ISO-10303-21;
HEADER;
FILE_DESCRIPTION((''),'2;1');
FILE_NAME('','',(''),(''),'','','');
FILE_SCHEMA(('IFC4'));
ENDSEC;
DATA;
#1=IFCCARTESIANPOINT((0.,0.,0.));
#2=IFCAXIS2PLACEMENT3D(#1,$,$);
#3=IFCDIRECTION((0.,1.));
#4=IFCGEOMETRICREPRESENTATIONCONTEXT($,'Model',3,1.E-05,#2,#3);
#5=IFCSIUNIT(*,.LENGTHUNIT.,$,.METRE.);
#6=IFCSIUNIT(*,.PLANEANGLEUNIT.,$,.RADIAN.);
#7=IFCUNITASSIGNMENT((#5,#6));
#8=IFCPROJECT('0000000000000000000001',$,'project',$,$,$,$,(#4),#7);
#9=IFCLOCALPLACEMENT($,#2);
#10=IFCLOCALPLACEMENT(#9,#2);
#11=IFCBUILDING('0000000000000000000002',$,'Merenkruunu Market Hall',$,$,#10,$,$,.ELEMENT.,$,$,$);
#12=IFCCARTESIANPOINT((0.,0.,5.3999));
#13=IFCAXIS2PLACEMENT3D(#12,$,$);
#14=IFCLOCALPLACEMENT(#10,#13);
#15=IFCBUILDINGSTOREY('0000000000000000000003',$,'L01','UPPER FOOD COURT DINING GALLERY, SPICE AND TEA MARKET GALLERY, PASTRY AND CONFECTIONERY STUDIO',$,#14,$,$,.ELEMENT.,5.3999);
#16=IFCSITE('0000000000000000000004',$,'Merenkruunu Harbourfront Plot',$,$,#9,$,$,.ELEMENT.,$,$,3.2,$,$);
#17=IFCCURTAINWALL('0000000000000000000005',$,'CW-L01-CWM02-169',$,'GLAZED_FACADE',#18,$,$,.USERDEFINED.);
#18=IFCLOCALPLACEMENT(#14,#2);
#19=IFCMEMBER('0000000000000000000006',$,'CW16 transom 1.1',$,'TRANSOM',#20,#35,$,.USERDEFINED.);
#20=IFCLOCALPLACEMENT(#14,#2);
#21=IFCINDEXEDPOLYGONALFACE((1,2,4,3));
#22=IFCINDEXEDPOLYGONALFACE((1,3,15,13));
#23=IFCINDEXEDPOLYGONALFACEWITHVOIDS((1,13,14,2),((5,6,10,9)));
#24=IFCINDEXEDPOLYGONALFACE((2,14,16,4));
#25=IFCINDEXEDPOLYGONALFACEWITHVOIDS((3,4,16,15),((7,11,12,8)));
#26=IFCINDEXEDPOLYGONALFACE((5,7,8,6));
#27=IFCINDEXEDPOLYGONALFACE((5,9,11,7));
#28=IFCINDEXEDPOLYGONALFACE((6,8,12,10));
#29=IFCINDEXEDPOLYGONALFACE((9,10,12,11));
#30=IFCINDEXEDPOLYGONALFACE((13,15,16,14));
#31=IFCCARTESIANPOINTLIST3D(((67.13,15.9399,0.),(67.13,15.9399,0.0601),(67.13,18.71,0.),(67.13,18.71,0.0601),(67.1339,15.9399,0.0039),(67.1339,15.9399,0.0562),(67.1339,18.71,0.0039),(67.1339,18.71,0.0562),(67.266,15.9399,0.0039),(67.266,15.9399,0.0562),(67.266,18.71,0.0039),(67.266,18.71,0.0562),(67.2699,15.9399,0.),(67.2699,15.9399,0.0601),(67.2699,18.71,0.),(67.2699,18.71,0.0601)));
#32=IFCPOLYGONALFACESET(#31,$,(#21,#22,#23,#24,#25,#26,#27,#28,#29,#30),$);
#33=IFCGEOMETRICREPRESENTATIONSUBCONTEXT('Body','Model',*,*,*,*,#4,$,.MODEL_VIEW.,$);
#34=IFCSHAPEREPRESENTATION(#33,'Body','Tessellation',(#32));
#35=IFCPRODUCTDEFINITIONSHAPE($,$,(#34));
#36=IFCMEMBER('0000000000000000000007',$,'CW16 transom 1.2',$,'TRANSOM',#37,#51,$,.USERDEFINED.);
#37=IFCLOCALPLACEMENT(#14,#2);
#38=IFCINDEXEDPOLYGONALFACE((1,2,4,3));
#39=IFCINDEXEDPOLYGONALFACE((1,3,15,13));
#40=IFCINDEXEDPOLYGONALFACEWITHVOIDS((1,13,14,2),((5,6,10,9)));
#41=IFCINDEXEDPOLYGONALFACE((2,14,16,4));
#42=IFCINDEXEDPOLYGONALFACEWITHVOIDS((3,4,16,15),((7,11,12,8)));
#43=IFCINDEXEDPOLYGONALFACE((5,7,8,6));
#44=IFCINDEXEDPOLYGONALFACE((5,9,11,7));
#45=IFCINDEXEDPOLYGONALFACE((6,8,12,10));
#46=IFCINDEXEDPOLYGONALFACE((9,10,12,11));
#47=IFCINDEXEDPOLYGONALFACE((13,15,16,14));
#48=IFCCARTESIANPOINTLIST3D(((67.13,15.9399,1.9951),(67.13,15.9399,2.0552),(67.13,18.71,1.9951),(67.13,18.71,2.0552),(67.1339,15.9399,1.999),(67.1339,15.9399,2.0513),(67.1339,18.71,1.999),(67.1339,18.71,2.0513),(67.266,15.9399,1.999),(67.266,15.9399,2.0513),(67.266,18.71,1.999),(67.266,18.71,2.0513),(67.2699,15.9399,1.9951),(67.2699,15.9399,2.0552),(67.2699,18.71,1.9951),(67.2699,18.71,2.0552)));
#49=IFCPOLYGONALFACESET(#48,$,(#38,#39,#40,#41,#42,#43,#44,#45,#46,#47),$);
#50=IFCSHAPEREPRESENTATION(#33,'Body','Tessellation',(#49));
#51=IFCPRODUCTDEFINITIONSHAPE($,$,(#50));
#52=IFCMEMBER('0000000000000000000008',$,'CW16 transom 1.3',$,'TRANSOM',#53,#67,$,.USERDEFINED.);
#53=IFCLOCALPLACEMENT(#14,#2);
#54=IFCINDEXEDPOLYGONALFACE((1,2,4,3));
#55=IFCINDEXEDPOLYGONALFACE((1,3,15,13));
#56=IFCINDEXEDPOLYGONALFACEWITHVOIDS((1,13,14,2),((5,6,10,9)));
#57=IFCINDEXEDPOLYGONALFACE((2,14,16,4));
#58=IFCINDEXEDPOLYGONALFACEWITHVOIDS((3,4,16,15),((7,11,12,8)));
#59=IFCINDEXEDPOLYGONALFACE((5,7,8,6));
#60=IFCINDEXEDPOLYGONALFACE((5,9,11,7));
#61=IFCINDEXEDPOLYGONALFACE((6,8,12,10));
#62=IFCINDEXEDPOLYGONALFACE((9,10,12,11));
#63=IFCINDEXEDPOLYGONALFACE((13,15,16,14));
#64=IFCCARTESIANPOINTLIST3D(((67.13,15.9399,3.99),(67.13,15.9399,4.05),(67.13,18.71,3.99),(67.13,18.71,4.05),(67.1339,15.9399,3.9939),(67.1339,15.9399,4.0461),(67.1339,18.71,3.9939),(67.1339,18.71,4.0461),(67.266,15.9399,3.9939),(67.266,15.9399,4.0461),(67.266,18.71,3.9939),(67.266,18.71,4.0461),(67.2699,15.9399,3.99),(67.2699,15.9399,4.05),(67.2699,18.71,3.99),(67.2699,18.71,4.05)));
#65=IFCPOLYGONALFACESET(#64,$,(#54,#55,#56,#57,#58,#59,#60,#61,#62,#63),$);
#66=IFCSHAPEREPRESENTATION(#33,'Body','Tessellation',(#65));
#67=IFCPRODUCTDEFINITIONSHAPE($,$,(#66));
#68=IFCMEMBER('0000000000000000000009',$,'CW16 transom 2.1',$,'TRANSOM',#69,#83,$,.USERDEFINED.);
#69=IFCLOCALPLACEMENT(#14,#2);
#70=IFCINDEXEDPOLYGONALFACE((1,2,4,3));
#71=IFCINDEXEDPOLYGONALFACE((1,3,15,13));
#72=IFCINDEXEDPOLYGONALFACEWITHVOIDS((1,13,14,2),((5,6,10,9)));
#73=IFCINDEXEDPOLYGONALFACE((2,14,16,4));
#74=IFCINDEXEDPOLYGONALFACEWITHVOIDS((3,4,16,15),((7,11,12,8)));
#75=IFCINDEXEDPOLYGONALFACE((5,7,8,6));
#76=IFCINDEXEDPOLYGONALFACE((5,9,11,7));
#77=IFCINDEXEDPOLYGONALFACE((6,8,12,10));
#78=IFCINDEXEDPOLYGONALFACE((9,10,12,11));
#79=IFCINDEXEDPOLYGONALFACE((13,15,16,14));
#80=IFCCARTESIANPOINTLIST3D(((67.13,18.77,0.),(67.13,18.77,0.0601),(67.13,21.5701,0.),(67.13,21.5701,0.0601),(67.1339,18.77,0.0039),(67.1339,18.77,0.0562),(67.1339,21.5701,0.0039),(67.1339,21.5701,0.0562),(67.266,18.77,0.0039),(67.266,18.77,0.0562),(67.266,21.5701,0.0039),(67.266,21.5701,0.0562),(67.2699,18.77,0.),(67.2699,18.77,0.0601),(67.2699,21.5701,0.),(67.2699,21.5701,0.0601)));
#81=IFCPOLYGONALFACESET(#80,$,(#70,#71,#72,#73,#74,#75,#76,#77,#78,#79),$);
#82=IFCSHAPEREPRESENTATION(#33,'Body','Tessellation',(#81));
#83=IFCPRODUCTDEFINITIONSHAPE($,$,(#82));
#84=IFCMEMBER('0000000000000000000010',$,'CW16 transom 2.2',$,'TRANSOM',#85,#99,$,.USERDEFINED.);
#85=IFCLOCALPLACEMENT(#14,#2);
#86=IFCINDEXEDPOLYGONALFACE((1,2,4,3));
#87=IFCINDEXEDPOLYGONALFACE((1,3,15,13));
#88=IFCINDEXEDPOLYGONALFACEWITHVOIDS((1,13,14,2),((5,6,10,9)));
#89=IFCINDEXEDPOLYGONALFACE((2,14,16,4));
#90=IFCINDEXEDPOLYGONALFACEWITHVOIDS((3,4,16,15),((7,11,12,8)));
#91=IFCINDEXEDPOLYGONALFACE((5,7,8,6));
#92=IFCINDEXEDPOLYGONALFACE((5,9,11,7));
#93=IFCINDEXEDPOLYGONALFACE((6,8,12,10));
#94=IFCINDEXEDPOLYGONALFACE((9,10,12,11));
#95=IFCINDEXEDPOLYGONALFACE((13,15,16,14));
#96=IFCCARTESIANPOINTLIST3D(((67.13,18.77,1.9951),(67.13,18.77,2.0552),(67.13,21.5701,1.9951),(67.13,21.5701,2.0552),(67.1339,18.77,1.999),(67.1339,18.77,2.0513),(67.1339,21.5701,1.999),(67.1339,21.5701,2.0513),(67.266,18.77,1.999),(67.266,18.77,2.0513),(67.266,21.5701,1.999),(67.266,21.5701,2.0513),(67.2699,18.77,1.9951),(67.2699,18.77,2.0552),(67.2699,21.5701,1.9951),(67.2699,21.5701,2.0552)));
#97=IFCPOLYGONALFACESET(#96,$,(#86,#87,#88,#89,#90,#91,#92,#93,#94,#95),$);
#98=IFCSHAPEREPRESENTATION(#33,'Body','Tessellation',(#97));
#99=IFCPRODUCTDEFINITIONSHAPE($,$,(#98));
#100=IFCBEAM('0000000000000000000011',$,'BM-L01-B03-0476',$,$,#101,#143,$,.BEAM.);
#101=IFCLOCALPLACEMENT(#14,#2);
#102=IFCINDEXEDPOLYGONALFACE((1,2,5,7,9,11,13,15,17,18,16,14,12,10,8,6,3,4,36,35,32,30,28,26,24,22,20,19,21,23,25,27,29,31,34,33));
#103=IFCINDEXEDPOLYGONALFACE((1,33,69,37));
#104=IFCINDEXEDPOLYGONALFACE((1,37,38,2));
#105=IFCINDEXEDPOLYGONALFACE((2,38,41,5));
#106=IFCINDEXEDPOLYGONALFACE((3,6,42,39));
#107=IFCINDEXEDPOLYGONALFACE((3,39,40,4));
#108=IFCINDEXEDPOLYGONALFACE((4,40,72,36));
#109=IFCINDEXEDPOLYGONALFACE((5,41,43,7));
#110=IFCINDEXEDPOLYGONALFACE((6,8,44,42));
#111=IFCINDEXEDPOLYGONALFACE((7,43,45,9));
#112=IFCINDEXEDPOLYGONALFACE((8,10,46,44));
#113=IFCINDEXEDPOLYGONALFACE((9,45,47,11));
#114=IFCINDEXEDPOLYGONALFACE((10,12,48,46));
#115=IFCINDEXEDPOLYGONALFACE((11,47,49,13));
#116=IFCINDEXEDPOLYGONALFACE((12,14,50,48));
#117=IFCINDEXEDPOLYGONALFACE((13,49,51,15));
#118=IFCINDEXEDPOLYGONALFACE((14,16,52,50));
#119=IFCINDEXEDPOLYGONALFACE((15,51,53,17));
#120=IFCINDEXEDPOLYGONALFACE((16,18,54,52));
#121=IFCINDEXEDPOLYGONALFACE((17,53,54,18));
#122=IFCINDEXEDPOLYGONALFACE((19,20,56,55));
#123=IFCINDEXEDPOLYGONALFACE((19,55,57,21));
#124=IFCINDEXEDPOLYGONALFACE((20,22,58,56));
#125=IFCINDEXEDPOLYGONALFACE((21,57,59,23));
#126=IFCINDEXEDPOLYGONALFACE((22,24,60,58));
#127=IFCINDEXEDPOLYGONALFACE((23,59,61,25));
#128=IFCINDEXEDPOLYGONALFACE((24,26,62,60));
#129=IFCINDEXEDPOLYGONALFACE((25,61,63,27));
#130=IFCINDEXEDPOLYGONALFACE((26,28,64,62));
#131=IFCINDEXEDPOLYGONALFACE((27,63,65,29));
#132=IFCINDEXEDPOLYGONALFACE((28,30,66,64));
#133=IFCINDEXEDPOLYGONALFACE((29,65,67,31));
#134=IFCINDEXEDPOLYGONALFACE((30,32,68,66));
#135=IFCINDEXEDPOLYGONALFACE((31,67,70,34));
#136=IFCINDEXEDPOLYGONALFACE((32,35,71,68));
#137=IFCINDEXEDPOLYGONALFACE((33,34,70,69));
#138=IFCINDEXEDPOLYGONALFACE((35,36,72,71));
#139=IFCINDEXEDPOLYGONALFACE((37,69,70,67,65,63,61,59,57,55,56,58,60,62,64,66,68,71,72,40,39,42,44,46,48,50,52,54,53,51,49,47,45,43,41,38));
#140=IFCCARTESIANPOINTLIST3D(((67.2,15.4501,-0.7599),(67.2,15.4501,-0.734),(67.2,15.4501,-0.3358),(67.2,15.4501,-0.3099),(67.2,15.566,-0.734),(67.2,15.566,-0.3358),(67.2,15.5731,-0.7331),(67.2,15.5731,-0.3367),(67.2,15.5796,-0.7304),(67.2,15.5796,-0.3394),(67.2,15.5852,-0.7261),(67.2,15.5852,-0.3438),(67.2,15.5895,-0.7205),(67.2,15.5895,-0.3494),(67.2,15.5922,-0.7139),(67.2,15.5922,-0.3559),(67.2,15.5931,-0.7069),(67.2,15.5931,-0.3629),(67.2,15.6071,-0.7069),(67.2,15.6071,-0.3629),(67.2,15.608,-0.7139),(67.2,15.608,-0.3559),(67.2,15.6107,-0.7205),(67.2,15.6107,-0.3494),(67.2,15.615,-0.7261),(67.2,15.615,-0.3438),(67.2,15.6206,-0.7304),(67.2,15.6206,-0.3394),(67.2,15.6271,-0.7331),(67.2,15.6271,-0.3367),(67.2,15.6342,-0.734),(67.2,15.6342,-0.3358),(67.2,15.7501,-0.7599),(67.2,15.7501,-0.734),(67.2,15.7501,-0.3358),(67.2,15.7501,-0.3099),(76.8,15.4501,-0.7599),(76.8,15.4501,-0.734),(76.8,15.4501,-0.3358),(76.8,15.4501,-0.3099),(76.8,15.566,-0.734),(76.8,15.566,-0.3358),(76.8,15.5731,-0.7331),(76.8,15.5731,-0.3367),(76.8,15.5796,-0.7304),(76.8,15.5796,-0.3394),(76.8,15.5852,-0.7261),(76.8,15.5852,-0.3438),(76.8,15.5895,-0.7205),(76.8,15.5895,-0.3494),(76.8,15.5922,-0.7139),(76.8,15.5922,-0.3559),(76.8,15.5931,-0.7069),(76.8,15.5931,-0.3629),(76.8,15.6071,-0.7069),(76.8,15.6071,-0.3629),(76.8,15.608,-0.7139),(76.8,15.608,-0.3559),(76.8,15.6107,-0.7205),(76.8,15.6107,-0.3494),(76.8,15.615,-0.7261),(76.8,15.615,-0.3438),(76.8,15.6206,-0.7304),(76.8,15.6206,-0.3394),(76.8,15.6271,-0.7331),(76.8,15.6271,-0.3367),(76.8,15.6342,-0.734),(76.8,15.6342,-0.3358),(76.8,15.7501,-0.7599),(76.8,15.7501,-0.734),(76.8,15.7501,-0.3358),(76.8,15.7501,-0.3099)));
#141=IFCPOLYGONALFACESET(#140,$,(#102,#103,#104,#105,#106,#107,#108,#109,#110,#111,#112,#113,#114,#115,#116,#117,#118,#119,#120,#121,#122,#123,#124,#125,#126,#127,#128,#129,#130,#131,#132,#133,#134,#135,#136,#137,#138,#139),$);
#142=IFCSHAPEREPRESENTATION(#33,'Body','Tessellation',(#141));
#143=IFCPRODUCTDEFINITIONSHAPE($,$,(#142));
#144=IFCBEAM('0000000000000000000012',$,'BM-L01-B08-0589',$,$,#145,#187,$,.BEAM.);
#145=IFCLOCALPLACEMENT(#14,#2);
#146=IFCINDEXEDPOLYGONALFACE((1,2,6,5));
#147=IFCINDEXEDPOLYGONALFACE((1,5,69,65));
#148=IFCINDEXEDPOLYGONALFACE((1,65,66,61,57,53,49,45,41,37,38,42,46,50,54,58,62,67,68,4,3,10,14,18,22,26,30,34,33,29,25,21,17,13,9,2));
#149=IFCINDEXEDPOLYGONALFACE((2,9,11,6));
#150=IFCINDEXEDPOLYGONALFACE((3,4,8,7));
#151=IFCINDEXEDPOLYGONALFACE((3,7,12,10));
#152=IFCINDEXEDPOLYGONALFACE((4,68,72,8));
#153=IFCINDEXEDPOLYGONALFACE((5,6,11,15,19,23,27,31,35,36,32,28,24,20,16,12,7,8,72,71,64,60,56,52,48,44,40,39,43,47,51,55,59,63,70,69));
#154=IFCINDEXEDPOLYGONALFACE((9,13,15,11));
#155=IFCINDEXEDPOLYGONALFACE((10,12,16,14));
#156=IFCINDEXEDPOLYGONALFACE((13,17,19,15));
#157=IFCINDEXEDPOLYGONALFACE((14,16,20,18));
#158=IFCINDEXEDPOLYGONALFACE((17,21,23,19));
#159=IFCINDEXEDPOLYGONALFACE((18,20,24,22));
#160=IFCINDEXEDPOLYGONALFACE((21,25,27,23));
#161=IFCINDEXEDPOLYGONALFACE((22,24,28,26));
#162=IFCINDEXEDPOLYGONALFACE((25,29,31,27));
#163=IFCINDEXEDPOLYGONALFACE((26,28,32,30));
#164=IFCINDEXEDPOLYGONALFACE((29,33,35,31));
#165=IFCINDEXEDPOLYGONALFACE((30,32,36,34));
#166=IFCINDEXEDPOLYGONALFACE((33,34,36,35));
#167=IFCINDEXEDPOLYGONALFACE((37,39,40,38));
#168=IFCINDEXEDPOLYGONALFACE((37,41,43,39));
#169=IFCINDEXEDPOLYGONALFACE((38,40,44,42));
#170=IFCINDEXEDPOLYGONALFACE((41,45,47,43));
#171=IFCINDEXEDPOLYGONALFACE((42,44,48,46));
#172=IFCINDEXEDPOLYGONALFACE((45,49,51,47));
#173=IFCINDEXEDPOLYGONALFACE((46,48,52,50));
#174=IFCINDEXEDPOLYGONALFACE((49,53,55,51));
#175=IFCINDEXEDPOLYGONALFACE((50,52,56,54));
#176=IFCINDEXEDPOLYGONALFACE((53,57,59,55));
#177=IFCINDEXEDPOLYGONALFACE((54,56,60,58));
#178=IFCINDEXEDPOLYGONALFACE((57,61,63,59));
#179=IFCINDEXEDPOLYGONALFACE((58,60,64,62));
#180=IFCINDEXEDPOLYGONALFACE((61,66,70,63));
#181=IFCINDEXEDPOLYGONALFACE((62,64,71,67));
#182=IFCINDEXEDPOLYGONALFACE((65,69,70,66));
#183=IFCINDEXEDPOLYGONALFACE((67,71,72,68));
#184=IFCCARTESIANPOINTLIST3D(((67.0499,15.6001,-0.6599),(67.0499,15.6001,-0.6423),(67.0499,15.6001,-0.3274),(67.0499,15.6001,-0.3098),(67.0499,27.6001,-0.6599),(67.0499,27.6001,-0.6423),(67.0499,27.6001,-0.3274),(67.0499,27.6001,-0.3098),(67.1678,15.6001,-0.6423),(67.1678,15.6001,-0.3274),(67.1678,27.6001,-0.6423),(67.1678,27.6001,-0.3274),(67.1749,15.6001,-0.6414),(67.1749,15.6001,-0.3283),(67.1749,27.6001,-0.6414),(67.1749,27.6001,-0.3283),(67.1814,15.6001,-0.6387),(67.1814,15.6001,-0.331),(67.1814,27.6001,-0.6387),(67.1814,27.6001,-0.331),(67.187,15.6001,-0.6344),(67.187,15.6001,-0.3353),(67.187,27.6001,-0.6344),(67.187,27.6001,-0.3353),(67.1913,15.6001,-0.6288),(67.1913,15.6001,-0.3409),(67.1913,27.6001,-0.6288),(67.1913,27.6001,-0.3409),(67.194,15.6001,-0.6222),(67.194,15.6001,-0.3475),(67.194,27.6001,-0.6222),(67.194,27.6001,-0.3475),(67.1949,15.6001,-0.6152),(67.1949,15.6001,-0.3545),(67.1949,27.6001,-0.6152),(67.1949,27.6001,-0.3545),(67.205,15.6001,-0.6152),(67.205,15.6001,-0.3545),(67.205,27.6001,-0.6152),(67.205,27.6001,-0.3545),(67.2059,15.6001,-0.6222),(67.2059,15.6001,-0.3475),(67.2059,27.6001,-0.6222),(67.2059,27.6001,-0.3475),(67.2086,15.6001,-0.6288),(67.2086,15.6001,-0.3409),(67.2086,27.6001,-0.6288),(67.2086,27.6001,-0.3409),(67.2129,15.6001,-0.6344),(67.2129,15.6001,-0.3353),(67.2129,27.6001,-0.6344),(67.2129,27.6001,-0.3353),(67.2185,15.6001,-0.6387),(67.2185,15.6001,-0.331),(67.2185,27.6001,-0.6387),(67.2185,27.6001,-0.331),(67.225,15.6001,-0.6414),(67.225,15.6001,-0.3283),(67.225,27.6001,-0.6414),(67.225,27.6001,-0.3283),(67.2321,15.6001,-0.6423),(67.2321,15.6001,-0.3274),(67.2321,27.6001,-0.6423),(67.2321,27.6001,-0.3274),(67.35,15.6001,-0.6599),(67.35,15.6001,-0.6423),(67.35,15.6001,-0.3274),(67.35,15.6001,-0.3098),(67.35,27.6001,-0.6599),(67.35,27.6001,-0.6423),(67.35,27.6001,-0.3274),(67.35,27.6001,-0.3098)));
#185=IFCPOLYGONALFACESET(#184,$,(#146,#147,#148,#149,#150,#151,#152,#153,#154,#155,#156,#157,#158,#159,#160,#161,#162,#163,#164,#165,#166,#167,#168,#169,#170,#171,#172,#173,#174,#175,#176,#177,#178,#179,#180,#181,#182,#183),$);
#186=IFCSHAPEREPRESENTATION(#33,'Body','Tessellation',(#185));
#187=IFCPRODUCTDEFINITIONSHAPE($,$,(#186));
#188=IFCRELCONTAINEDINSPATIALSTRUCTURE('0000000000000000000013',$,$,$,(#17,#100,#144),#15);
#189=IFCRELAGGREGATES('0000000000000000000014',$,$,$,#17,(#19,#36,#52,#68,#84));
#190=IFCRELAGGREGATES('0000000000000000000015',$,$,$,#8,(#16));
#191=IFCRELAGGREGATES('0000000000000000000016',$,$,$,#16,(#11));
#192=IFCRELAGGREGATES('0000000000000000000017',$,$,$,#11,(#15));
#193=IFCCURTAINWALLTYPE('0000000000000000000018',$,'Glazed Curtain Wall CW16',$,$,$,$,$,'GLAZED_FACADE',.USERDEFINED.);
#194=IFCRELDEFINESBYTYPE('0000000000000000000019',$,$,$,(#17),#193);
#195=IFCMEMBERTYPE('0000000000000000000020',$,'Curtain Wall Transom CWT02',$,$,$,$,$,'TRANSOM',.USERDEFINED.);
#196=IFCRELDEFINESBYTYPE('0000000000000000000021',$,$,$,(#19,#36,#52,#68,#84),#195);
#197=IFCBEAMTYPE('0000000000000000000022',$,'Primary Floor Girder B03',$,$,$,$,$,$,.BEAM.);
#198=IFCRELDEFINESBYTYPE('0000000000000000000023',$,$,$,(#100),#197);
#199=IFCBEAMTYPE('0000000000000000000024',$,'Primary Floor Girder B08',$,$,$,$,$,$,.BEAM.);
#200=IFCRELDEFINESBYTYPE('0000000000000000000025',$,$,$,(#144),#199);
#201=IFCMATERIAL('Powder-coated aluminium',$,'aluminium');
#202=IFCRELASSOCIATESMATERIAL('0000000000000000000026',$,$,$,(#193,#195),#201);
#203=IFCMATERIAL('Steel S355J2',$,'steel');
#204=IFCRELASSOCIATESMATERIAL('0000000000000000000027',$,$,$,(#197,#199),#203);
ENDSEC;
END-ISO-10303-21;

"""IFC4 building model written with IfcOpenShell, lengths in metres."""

from ifc_helpers import new_model, si_unit, direction, frame, origin, origin_2d, place, context, subcontext, project, spatial, hollow_rectangle, i_section, extrude, material, material_profile, profile_set, type_object, element, aggregate, save


model = new_model("IFC4")

# Units and contexts
model_context = context("Model", 3, precision=1e-05, world=origin(), true_north=direction((0.0, 1.0)))
body_context = subcontext(model_context, "Body", "Model", "MODEL_VIEW")
ifc_project = project(units=[si_unit("LENGTHUNIT", "METRE"), si_unit("PLANEANGLEUNIT", "RADIAN")], contexts=[model_context])

# Site, building, storey
site_placement = place(None, origin())
site = spatial("IfcSite", under=ifc_project, at=site_placement, Name="Merenkruunu Harbourfront Plot", CompositionType="ELEMENT", RefElevation=3.2)
building_placement = place(site_placement, origin())
building = spatial("IfcBuilding", under=site, at=building_placement, Name="Merenkruunu Market Hall", CompositionType="ELEMENT")
storey_placement = place(building_placement, frame((0.0, 0.0, 5.3999)))
storey = spatial("IfcBuildingStorey", under=building, at=storey_placement, Name="L01", Description="UPPER FOOD COURT DINING GALLERY, SPICE AND TEA MARKET GALLERY, PASTRY AND CONFECTIONERY STUDIO", CompositionType="ELEMENT", Elevation=5.3999)

# Curtain wall
ifc_material_1 = material(Name="Powder-coated aluminium", Category="aluminium")
curtain_wall_type_1 = type_object("IfcCurtainWallType", Name="Glazed Curtain Wall CW16", ElementType="GLAZED_FACADE", PredefinedType="USERDEFINED", material=ifc_material_1)
curtain_wall_1_placement = place(storey_placement, origin())
curtain_wall_1 = element("IfcCurtainWall", 1, at=curtain_wall_1_placement, inside=storey, type_object=curtain_wall_type_1, Name="CW-L01-CWM02-169", ObjectType="GLAZED_FACADE", PredefinedType="USERDEFINED")

# Members
ifc_material_profile_1 = material_profile(ifc_material_1, hollow_rectangle(XDim=0.0601, YDim=0.1399, WallThickness=0.0039, at=origin_2d()), Name="ALU 60x140x4")
ifc_profile_set_1 = profile_set([ifc_material_profile_1], Name="Powder-coated aluminium")
member_type_1 = type_object("IfcMemberType", Name="Curtain Wall Transom CWT02", ElementType="TRANSOM", PredefinedType="USERDEFINED", material=ifc_profile_set_1)
member_1_placement = place(storey_placement, frame((67.2, 15.9399, 0.03), z_axis=(0.0, 1.0, 0.0), x_axis=(0.0, 0.0, 1.0)))
member_1 = element("IfcMember", 2, at=member_1_placement, type_object=member_type_1, Name="CW16 transom 1.1", ObjectType="TRANSOM", PredefinedType="USERDEFINED", context=body_context, shape_type="SweptSolid", body=[
    extrude(hollow_rectangle(XDim=0.0601, YDim=0.1399, WallThickness=0.0039, at=origin_2d()), origin(), (0.0, 0.0, 1.0), 2.77),
])
member_2_placement = place(storey_placement, frame((67.2, 15.9399, 2.0251), z_axis=(0.0, 1.0, 0.0), x_axis=(0.0, 0.0, 1.0)))
member_2 = element("IfcMember", 3, at=member_2_placement, type_object=member_type_1, Name="CW16 transom 1.2", ObjectType="TRANSOM", PredefinedType="USERDEFINED", context=body_context, shape_type="SweptSolid", body=[
    extrude(hollow_rectangle(XDim=0.0601, YDim=0.1399, WallThickness=0.0039, at=origin_2d()), origin(), (0.0, 0.0, 1.0), 2.77),
])
member_3_placement = place(storey_placement, frame((67.2, 15.9399, 4.02), z_axis=(0.0, 1.0, 0.0), x_axis=(0.0, 0.0, 1.0)))
member_3 = element("IfcMember", 4, at=member_3_placement, type_object=member_type_1, Name="CW16 transom 1.3", ObjectType="TRANSOM", PredefinedType="USERDEFINED", context=body_context, shape_type="SweptSolid", body=[
    extrude(hollow_rectangle(XDim=0.0601, YDim=0.1399, WallThickness=0.0039, at=origin_2d()), origin(), (0.0, 0.0, 1.0), 2.77),
])
member_4_placement = place(storey_placement, frame((67.2, 18.77, 0.03), z_axis=(0.0, 1.0, 0.0), x_axis=(0.0, 0.0, 1.0)))
member_4 = element("IfcMember", 5, at=member_4_placement, type_object=member_type_1, Name="CW16 transom 2.1", ObjectType="TRANSOM", PredefinedType="USERDEFINED", context=body_context, shape_type="SweptSolid", body=[
    extrude(hollow_rectangle(XDim=0.0601, YDim=0.1399, WallThickness=0.0039, at=origin_2d()), origin(), (0.0, 0.0, 1.0), 2.8),
])
member_5_placement = place(storey_placement, frame((67.2, 18.77, 2.0251), z_axis=(0.0, 1.0, 0.0), x_axis=(0.0, 0.0, 1.0)))
member_5 = element("IfcMember", 6, at=member_5_placement, type_object=member_type_1, Name="CW16 transom 2.2", ObjectType="TRANSOM", PredefinedType="USERDEFINED", context=body_context, shape_type="SweptSolid", body=[
    extrude(hollow_rectangle(XDim=0.0601, YDim=0.1399, WallThickness=0.0039, at=origin_2d()), origin(), (0.0, 0.0, 1.0), 2.8),
])

# Beams
ifc_material_2 = material(Name="Steel S355J2", Category="steel")
ifc_material_profile_2 = material_profile(ifc_material_2, i_section(OverallWidth=0.3, OverallDepth=0.45, WebThickness=0.0139, FlangeThickness=0.0259, FilletRadius=0.0271, at=origin_2d()), Name="HEB 450")
ifc_profile_set_2 = profile_set([ifc_material_profile_2], Name="Steel S355J2")
beam_type_1 = type_object("IfcBeamType", Name="Primary Floor Girder B03", PredefinedType="BEAM", material=ifc_profile_set_2)
beam_1_placement = place(storey_placement, frame((67.2, 15.6001, -0.5349), z_axis=(1.0, 0.0, 0.0), x_axis=(0.0, 1.0, 0.0)))
element("IfcBeam", 7, at=beam_1_placement, inside=storey, type_object=beam_type_1, Name="BM-L01-B03-0476", PredefinedType="BEAM", context=body_context, shape_type="SweptSolid", body=[
    extrude(i_section(OverallWidth=0.3, OverallDepth=0.45, WebThickness=0.0139, FlangeThickness=0.0259, FilletRadius=0.0271, at=origin_2d()), origin(), (0.0, 0.0, 1.0), 9.6001),
])
ifc_material_profile_3 = material_profile(ifc_material_2, i_section(OverallWidth=0.3, OverallDepth=0.3501, WebThickness=0.01, FlangeThickness=0.0176, FilletRadius=0.0271, at=origin_2d()), Name="HEA 360")
ifc_profile_set_3 = profile_set([ifc_material_profile_3], Name="Steel S355J2")
beam_type_2 = type_object("IfcBeamType", Name="Primary Floor Girder B08", PredefinedType="BEAM", material=ifc_profile_set_3)
beam_2_placement = place(storey_placement, frame((67.2, 15.6001, -0.4849), z_axis=(0.0, 1.0, 0.0), x_axis=(-1.0, 0.0, 0.0)))
element("IfcBeam", 8, at=beam_2_placement, inside=storey, type_object=beam_type_2, Name="BM-L01-B08-0589", PredefinedType="BEAM", context=body_context, shape_type="SweptSolid", body=[
    extrude(i_section(OverallWidth=0.3, OverallDepth=0.3501, WebThickness=0.01, FlangeThickness=0.0176, FilletRadius=0.0271, at=origin_2d()), origin(), (0.0, 0.0, 1.0), 12.0),
])

aggregate(curtain_wall_1, [member_1, member_2, member_3, member_4, member_5])

save(model, "model.ifc")
